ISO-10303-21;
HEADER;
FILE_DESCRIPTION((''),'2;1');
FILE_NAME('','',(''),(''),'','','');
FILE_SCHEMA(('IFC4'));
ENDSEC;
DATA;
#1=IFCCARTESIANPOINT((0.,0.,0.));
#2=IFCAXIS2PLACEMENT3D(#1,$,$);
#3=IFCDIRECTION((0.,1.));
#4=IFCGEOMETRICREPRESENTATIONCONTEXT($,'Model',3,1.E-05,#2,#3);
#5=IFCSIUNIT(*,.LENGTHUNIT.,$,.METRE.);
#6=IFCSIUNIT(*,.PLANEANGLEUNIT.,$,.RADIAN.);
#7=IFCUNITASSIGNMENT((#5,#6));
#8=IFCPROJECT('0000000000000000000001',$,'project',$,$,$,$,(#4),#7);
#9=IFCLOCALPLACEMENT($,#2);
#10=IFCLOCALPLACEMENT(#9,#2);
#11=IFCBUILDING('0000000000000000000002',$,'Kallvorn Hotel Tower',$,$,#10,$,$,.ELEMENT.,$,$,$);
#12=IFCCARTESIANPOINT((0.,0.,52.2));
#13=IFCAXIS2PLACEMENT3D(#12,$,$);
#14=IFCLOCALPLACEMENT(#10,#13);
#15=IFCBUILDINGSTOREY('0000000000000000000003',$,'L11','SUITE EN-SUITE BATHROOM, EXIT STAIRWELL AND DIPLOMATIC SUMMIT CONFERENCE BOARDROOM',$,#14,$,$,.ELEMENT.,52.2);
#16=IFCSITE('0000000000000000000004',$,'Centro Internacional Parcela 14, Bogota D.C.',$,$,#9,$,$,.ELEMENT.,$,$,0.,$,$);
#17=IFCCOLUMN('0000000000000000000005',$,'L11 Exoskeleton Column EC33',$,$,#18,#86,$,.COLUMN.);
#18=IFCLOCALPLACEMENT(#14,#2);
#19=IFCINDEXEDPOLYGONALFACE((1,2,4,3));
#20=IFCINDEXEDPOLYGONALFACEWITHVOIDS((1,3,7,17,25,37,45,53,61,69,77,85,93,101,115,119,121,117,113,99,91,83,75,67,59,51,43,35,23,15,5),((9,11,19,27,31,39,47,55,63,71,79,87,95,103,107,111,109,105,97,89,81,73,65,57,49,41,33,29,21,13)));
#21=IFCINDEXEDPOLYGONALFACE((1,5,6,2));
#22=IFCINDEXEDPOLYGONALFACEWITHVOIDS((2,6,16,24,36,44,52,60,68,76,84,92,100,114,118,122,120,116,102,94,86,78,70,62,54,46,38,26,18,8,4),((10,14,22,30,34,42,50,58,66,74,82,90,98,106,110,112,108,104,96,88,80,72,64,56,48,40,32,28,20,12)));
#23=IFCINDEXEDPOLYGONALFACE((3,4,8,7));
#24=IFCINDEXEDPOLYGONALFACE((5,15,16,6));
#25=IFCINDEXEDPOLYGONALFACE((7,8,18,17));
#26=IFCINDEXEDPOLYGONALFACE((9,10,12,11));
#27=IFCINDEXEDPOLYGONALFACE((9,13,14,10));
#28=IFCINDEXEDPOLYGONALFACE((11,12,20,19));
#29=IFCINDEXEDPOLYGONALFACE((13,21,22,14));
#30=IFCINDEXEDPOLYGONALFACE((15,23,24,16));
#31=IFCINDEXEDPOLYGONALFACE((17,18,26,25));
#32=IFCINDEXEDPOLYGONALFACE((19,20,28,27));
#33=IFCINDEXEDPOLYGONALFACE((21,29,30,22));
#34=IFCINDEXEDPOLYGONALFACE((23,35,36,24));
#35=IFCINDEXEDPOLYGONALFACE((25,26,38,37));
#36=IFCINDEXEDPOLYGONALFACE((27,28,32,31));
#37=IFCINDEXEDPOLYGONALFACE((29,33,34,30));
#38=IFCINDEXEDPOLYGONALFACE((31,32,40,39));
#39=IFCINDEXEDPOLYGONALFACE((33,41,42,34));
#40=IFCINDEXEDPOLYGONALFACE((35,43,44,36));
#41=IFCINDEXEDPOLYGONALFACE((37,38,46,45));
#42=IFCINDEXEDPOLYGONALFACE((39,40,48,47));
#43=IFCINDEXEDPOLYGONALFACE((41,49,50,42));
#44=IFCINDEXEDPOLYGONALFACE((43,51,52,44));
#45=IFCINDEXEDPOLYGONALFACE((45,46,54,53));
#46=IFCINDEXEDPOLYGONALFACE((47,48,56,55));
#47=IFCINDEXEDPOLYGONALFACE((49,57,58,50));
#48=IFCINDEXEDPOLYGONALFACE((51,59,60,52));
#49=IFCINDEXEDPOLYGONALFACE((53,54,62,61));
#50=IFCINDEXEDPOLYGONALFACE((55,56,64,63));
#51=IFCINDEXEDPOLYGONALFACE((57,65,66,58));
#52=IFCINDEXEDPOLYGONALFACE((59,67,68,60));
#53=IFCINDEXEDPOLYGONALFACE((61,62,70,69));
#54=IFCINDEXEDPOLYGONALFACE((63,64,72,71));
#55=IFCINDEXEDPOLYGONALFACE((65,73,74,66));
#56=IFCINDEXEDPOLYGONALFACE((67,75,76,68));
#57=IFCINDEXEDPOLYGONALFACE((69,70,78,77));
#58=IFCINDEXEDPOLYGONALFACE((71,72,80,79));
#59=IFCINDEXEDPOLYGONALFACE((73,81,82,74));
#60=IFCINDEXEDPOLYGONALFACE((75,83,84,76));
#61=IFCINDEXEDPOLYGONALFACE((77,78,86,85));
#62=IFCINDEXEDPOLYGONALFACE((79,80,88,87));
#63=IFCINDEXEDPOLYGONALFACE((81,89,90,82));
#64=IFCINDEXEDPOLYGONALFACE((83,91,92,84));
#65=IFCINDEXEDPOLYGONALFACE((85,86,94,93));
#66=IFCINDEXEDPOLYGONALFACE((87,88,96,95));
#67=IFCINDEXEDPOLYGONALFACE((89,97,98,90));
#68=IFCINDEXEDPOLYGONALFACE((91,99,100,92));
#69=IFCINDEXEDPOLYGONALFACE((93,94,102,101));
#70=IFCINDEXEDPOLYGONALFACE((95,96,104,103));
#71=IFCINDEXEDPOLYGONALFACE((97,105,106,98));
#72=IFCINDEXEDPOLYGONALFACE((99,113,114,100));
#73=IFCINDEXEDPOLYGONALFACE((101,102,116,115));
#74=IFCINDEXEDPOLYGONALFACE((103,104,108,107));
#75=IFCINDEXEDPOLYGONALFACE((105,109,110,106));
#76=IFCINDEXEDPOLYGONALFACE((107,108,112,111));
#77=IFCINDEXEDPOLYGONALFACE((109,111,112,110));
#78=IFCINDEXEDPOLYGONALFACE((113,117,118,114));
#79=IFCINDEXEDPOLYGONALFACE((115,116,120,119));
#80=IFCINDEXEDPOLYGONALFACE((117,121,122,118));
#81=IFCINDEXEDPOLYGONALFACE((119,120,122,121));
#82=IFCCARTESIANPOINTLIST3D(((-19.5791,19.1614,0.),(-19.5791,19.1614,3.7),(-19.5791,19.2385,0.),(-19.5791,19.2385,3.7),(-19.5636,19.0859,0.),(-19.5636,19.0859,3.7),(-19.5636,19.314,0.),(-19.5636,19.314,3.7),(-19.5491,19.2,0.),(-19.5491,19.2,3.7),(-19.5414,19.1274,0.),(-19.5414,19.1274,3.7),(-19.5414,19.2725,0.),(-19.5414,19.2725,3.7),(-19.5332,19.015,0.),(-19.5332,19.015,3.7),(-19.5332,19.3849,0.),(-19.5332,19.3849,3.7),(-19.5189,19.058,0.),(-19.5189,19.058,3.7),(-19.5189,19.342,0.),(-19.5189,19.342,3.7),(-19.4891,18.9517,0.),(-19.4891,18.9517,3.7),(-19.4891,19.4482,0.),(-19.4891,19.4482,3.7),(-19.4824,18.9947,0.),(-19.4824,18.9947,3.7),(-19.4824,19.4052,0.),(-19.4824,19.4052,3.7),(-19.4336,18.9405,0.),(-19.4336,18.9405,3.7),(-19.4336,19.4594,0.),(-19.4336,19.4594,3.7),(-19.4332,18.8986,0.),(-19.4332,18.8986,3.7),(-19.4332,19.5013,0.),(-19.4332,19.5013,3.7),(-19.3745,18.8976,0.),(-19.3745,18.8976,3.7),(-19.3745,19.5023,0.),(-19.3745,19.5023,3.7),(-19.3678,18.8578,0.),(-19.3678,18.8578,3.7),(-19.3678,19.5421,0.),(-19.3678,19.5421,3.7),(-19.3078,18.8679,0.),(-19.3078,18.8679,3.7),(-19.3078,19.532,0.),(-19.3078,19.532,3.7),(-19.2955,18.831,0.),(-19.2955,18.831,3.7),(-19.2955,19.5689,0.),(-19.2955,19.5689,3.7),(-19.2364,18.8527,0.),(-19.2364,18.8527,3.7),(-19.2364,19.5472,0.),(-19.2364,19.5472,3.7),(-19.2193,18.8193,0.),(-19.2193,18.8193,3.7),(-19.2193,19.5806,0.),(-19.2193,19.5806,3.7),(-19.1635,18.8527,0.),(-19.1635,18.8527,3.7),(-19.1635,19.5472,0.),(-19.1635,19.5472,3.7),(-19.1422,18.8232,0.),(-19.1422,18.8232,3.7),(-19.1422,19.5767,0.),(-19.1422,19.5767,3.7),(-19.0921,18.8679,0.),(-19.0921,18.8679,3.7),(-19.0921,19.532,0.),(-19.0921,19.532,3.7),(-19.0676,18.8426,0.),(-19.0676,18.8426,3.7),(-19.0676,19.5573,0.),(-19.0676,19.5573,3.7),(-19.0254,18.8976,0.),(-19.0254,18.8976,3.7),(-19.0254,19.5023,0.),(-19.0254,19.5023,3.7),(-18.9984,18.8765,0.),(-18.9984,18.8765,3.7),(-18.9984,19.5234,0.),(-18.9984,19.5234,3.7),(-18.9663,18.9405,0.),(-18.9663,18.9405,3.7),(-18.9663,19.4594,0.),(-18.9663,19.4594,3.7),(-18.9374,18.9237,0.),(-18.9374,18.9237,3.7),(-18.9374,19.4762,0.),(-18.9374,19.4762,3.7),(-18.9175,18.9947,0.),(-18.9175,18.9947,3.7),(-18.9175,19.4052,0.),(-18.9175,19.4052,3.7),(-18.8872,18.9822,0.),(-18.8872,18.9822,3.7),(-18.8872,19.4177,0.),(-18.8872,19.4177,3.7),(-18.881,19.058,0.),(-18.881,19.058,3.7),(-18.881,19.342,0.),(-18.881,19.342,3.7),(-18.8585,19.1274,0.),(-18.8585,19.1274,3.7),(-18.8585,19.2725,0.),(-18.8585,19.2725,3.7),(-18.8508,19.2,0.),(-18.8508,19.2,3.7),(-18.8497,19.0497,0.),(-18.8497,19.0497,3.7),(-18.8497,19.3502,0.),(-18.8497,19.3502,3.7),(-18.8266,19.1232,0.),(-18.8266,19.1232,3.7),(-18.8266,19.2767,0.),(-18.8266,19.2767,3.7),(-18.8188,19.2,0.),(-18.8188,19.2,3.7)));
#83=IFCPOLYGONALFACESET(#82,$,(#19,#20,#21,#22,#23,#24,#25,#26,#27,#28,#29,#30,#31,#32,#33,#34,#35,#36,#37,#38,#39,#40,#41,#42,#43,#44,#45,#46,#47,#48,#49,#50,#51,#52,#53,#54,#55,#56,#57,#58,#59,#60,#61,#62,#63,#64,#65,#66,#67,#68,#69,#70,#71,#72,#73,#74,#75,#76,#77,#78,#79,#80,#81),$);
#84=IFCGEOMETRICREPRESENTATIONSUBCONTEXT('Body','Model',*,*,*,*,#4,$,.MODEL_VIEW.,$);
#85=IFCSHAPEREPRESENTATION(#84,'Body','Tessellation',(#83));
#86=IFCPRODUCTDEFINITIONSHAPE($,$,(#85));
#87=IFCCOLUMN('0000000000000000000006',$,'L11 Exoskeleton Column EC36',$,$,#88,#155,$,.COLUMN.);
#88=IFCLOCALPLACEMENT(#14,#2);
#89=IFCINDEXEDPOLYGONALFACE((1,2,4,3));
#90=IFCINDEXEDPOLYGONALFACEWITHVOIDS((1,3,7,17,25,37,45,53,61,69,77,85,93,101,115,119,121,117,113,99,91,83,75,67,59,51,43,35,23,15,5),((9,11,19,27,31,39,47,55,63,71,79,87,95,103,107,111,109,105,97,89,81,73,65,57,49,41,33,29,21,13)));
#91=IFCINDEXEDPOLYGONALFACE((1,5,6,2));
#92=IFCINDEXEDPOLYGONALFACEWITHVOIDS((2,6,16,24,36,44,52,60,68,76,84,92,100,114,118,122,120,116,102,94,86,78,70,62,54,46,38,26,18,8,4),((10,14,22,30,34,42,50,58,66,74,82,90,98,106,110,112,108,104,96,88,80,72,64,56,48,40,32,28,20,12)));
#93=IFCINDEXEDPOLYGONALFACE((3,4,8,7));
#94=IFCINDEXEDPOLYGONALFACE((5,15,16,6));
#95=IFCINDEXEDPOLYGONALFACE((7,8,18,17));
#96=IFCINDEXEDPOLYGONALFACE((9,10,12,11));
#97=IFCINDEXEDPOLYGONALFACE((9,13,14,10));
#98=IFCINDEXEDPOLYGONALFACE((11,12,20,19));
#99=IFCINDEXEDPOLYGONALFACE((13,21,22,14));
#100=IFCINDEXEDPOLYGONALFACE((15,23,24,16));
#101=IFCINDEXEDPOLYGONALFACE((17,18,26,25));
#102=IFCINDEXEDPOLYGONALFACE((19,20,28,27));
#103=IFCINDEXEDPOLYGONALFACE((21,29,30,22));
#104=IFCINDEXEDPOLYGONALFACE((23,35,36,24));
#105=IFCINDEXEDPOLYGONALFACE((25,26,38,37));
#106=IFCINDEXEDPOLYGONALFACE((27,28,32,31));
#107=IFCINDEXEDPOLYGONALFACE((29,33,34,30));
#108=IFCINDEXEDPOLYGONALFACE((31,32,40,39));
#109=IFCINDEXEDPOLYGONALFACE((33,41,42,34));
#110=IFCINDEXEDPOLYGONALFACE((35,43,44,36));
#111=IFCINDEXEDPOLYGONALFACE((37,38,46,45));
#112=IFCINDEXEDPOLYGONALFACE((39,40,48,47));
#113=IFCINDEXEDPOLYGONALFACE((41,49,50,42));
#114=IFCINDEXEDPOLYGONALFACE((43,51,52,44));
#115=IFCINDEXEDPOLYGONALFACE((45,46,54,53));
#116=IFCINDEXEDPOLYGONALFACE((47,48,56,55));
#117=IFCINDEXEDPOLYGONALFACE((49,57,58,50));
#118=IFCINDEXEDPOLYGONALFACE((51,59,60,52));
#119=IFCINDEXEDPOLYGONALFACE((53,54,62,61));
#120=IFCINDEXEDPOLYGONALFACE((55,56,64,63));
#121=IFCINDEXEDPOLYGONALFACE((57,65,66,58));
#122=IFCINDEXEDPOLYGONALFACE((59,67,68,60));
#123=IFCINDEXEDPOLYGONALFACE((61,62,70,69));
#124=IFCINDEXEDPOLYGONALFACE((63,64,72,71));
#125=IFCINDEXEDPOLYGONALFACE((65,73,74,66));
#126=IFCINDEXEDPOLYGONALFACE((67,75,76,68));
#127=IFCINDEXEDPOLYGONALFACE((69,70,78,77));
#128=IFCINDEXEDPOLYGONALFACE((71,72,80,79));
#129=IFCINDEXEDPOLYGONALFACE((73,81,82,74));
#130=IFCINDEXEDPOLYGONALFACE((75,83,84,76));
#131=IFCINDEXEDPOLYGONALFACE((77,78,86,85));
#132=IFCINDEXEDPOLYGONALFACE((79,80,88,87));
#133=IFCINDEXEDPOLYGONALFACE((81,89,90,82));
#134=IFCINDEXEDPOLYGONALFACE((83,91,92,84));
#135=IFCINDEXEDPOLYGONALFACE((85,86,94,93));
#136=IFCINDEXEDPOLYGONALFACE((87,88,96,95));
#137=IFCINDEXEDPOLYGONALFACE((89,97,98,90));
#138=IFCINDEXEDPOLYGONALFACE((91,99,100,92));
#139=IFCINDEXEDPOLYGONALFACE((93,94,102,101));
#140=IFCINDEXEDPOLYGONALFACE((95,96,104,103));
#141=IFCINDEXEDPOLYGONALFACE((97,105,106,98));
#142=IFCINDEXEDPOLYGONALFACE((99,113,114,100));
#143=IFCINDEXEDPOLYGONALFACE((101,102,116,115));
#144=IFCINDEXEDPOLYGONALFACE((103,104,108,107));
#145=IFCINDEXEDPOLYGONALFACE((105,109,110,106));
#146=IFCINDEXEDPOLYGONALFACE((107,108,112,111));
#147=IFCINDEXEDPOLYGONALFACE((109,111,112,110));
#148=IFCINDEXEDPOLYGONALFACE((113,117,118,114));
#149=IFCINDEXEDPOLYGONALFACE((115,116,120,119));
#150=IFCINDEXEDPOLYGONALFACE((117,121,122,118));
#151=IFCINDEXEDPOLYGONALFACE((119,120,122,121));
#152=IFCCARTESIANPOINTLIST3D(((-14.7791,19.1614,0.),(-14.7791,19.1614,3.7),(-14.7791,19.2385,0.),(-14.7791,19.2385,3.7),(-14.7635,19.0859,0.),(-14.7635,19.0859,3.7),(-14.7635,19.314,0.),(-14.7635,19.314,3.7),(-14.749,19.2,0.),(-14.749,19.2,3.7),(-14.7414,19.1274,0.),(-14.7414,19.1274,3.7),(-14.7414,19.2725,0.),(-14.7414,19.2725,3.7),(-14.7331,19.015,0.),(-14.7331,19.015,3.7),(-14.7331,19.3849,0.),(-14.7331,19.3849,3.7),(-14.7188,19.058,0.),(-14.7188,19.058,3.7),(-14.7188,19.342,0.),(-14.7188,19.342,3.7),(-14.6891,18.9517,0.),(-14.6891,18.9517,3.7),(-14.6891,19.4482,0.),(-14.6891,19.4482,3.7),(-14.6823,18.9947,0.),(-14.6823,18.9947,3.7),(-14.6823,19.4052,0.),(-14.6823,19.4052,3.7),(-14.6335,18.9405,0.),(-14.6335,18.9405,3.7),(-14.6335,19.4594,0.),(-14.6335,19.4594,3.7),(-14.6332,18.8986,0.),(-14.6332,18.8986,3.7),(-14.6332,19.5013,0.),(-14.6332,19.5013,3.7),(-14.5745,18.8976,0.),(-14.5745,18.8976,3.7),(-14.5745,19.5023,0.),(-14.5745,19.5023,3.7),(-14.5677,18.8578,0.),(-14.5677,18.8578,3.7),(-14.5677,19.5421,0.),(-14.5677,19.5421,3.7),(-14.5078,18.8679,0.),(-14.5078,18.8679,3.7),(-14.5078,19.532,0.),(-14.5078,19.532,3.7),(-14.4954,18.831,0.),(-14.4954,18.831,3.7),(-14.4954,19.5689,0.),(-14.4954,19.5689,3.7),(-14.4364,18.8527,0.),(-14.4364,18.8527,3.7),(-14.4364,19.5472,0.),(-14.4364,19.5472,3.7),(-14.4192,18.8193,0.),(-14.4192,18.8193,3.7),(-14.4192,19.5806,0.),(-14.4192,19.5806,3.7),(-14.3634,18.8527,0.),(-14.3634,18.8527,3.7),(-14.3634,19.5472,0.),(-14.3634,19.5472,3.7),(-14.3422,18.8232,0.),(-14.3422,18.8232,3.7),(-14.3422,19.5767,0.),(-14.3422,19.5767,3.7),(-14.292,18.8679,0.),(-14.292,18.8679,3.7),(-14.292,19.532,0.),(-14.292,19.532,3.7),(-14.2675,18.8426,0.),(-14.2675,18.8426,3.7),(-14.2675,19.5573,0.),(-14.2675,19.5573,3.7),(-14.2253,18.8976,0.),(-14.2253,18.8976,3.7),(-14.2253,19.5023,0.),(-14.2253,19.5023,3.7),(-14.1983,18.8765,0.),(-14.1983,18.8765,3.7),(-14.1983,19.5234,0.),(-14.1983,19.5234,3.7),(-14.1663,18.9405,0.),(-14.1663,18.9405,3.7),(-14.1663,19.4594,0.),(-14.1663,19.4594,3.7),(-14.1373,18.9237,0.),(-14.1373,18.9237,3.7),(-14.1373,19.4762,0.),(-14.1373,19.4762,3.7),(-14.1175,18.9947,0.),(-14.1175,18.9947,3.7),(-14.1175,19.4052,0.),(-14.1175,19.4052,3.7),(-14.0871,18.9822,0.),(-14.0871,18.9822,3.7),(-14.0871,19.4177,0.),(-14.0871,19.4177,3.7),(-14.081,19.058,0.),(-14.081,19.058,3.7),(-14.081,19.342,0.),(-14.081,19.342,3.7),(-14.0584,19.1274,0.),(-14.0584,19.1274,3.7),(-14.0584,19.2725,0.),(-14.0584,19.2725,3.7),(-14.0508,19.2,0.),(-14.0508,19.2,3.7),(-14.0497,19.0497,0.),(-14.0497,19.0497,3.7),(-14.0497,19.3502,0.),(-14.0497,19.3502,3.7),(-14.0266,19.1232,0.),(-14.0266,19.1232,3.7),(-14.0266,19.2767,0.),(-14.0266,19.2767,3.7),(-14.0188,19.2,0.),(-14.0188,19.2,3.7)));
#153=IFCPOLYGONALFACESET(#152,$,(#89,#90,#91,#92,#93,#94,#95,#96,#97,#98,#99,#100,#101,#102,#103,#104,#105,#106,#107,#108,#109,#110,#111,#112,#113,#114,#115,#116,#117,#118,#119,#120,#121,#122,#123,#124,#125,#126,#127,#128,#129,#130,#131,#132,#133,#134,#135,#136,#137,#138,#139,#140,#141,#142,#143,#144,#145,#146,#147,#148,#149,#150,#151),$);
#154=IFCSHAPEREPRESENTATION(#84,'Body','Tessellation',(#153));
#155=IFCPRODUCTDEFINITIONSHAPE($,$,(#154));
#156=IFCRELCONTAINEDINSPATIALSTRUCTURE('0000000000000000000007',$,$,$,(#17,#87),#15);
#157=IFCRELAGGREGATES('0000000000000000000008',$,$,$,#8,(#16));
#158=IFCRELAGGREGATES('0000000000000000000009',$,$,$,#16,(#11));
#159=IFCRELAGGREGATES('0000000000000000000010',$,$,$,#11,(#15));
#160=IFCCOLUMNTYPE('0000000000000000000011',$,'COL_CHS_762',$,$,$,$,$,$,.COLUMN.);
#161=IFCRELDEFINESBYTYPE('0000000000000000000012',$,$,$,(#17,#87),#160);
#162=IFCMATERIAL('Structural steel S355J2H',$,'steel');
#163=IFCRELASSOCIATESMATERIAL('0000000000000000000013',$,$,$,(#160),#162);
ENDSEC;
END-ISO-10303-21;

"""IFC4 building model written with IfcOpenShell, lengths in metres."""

from ifc_helpers import new_model, si_unit, direction, frame, origin, origin_2d, place, context, subcontext, project, spatial, hollow_circle, extrude, material, material_profile, profile_set, type_object, element, save


model = new_model("IFC4")

# Units and contexts
model_context = context("Model", 3, precision=1e-05, world=origin(), true_north=direction((0.0, 1.0)))
body_context = subcontext(model_context, "Body", "Model", "MODEL_VIEW")
ifc_project = project(units=[si_unit("LENGTHUNIT", "METRE"), si_unit("PLANEANGLEUNIT", "RADIAN")], contexts=[model_context])

# Site, building, storey
site_placement = place(None, origin())
site = spatial("IfcSite", under=ifc_project, at=site_placement, Name="Centro Internacional Parcela 14, Bogota D.C.", CompositionType="ELEMENT", RefElevation=0.0)
building_placement = place(site_placement, origin())
building = spatial("IfcBuilding", under=site, at=building_placement, Name="Kallvorn Hotel Tower", CompositionType="ELEMENT")
storey_placement = place(building_placement, frame((0.0, 0.0, 52.2)))
storey = spatial("IfcBuildingStorey", under=building, at=storey_placement, Name="L11", Description="SUITE EN-SUITE BATHROOM, EXIT STAIRWELL AND DIPLOMATIC SUMMIT CONFERENCE BOARDROOM", CompositionType="ELEMENT", Elevation=52.2)

# Columns
ifc_material_1 = material(Name="Structural steel S355J2H", Category="steel")
ifc_material_profile_1 = material_profile(ifc_material_1, hollow_circle(Radius=0.3811, WallThickness=0.032, at=origin_2d()), Name="CHS 762x32")
ifc_profile_set_1 = profile_set([ifc_material_profile_1], Name="Structural steel S355J2H")
column_type_1 = type_object("IfcColumnType", Name="COL_CHS_762", PredefinedType="COLUMN", material=ifc_profile_set_1)
for number, where, z_axis, x_axis, name in (
    (1, (-19.2, 19.2, 0.0), (0.0, 0.0, 1.0), (1.0, 0.0, 0.0), "L11 Exoskeleton Column EC33"),
    (2, (-14.3999, 19.2, 0.0), (0.0, 0.0, 1.0), (1.0, 0.0, 0.0), "L11 Exoskeleton Column EC36"),
):
    element("IfcColumn", number, at=place(storey_placement, frame(where, z_axis=z_axis, x_axis=x_axis)), inside=storey, type_object=column_type_1, Name=name, PredefinedType="COLUMN", context=body_context, shape_type="SweptSolid", body=[
        extrude(hollow_circle(Radius=0.3811, WallThickness=0.032, at=origin_2d()), origin(), (0.0, 0.0, 1.0), 3.7),
    ])

save(model, "model.ifc")
